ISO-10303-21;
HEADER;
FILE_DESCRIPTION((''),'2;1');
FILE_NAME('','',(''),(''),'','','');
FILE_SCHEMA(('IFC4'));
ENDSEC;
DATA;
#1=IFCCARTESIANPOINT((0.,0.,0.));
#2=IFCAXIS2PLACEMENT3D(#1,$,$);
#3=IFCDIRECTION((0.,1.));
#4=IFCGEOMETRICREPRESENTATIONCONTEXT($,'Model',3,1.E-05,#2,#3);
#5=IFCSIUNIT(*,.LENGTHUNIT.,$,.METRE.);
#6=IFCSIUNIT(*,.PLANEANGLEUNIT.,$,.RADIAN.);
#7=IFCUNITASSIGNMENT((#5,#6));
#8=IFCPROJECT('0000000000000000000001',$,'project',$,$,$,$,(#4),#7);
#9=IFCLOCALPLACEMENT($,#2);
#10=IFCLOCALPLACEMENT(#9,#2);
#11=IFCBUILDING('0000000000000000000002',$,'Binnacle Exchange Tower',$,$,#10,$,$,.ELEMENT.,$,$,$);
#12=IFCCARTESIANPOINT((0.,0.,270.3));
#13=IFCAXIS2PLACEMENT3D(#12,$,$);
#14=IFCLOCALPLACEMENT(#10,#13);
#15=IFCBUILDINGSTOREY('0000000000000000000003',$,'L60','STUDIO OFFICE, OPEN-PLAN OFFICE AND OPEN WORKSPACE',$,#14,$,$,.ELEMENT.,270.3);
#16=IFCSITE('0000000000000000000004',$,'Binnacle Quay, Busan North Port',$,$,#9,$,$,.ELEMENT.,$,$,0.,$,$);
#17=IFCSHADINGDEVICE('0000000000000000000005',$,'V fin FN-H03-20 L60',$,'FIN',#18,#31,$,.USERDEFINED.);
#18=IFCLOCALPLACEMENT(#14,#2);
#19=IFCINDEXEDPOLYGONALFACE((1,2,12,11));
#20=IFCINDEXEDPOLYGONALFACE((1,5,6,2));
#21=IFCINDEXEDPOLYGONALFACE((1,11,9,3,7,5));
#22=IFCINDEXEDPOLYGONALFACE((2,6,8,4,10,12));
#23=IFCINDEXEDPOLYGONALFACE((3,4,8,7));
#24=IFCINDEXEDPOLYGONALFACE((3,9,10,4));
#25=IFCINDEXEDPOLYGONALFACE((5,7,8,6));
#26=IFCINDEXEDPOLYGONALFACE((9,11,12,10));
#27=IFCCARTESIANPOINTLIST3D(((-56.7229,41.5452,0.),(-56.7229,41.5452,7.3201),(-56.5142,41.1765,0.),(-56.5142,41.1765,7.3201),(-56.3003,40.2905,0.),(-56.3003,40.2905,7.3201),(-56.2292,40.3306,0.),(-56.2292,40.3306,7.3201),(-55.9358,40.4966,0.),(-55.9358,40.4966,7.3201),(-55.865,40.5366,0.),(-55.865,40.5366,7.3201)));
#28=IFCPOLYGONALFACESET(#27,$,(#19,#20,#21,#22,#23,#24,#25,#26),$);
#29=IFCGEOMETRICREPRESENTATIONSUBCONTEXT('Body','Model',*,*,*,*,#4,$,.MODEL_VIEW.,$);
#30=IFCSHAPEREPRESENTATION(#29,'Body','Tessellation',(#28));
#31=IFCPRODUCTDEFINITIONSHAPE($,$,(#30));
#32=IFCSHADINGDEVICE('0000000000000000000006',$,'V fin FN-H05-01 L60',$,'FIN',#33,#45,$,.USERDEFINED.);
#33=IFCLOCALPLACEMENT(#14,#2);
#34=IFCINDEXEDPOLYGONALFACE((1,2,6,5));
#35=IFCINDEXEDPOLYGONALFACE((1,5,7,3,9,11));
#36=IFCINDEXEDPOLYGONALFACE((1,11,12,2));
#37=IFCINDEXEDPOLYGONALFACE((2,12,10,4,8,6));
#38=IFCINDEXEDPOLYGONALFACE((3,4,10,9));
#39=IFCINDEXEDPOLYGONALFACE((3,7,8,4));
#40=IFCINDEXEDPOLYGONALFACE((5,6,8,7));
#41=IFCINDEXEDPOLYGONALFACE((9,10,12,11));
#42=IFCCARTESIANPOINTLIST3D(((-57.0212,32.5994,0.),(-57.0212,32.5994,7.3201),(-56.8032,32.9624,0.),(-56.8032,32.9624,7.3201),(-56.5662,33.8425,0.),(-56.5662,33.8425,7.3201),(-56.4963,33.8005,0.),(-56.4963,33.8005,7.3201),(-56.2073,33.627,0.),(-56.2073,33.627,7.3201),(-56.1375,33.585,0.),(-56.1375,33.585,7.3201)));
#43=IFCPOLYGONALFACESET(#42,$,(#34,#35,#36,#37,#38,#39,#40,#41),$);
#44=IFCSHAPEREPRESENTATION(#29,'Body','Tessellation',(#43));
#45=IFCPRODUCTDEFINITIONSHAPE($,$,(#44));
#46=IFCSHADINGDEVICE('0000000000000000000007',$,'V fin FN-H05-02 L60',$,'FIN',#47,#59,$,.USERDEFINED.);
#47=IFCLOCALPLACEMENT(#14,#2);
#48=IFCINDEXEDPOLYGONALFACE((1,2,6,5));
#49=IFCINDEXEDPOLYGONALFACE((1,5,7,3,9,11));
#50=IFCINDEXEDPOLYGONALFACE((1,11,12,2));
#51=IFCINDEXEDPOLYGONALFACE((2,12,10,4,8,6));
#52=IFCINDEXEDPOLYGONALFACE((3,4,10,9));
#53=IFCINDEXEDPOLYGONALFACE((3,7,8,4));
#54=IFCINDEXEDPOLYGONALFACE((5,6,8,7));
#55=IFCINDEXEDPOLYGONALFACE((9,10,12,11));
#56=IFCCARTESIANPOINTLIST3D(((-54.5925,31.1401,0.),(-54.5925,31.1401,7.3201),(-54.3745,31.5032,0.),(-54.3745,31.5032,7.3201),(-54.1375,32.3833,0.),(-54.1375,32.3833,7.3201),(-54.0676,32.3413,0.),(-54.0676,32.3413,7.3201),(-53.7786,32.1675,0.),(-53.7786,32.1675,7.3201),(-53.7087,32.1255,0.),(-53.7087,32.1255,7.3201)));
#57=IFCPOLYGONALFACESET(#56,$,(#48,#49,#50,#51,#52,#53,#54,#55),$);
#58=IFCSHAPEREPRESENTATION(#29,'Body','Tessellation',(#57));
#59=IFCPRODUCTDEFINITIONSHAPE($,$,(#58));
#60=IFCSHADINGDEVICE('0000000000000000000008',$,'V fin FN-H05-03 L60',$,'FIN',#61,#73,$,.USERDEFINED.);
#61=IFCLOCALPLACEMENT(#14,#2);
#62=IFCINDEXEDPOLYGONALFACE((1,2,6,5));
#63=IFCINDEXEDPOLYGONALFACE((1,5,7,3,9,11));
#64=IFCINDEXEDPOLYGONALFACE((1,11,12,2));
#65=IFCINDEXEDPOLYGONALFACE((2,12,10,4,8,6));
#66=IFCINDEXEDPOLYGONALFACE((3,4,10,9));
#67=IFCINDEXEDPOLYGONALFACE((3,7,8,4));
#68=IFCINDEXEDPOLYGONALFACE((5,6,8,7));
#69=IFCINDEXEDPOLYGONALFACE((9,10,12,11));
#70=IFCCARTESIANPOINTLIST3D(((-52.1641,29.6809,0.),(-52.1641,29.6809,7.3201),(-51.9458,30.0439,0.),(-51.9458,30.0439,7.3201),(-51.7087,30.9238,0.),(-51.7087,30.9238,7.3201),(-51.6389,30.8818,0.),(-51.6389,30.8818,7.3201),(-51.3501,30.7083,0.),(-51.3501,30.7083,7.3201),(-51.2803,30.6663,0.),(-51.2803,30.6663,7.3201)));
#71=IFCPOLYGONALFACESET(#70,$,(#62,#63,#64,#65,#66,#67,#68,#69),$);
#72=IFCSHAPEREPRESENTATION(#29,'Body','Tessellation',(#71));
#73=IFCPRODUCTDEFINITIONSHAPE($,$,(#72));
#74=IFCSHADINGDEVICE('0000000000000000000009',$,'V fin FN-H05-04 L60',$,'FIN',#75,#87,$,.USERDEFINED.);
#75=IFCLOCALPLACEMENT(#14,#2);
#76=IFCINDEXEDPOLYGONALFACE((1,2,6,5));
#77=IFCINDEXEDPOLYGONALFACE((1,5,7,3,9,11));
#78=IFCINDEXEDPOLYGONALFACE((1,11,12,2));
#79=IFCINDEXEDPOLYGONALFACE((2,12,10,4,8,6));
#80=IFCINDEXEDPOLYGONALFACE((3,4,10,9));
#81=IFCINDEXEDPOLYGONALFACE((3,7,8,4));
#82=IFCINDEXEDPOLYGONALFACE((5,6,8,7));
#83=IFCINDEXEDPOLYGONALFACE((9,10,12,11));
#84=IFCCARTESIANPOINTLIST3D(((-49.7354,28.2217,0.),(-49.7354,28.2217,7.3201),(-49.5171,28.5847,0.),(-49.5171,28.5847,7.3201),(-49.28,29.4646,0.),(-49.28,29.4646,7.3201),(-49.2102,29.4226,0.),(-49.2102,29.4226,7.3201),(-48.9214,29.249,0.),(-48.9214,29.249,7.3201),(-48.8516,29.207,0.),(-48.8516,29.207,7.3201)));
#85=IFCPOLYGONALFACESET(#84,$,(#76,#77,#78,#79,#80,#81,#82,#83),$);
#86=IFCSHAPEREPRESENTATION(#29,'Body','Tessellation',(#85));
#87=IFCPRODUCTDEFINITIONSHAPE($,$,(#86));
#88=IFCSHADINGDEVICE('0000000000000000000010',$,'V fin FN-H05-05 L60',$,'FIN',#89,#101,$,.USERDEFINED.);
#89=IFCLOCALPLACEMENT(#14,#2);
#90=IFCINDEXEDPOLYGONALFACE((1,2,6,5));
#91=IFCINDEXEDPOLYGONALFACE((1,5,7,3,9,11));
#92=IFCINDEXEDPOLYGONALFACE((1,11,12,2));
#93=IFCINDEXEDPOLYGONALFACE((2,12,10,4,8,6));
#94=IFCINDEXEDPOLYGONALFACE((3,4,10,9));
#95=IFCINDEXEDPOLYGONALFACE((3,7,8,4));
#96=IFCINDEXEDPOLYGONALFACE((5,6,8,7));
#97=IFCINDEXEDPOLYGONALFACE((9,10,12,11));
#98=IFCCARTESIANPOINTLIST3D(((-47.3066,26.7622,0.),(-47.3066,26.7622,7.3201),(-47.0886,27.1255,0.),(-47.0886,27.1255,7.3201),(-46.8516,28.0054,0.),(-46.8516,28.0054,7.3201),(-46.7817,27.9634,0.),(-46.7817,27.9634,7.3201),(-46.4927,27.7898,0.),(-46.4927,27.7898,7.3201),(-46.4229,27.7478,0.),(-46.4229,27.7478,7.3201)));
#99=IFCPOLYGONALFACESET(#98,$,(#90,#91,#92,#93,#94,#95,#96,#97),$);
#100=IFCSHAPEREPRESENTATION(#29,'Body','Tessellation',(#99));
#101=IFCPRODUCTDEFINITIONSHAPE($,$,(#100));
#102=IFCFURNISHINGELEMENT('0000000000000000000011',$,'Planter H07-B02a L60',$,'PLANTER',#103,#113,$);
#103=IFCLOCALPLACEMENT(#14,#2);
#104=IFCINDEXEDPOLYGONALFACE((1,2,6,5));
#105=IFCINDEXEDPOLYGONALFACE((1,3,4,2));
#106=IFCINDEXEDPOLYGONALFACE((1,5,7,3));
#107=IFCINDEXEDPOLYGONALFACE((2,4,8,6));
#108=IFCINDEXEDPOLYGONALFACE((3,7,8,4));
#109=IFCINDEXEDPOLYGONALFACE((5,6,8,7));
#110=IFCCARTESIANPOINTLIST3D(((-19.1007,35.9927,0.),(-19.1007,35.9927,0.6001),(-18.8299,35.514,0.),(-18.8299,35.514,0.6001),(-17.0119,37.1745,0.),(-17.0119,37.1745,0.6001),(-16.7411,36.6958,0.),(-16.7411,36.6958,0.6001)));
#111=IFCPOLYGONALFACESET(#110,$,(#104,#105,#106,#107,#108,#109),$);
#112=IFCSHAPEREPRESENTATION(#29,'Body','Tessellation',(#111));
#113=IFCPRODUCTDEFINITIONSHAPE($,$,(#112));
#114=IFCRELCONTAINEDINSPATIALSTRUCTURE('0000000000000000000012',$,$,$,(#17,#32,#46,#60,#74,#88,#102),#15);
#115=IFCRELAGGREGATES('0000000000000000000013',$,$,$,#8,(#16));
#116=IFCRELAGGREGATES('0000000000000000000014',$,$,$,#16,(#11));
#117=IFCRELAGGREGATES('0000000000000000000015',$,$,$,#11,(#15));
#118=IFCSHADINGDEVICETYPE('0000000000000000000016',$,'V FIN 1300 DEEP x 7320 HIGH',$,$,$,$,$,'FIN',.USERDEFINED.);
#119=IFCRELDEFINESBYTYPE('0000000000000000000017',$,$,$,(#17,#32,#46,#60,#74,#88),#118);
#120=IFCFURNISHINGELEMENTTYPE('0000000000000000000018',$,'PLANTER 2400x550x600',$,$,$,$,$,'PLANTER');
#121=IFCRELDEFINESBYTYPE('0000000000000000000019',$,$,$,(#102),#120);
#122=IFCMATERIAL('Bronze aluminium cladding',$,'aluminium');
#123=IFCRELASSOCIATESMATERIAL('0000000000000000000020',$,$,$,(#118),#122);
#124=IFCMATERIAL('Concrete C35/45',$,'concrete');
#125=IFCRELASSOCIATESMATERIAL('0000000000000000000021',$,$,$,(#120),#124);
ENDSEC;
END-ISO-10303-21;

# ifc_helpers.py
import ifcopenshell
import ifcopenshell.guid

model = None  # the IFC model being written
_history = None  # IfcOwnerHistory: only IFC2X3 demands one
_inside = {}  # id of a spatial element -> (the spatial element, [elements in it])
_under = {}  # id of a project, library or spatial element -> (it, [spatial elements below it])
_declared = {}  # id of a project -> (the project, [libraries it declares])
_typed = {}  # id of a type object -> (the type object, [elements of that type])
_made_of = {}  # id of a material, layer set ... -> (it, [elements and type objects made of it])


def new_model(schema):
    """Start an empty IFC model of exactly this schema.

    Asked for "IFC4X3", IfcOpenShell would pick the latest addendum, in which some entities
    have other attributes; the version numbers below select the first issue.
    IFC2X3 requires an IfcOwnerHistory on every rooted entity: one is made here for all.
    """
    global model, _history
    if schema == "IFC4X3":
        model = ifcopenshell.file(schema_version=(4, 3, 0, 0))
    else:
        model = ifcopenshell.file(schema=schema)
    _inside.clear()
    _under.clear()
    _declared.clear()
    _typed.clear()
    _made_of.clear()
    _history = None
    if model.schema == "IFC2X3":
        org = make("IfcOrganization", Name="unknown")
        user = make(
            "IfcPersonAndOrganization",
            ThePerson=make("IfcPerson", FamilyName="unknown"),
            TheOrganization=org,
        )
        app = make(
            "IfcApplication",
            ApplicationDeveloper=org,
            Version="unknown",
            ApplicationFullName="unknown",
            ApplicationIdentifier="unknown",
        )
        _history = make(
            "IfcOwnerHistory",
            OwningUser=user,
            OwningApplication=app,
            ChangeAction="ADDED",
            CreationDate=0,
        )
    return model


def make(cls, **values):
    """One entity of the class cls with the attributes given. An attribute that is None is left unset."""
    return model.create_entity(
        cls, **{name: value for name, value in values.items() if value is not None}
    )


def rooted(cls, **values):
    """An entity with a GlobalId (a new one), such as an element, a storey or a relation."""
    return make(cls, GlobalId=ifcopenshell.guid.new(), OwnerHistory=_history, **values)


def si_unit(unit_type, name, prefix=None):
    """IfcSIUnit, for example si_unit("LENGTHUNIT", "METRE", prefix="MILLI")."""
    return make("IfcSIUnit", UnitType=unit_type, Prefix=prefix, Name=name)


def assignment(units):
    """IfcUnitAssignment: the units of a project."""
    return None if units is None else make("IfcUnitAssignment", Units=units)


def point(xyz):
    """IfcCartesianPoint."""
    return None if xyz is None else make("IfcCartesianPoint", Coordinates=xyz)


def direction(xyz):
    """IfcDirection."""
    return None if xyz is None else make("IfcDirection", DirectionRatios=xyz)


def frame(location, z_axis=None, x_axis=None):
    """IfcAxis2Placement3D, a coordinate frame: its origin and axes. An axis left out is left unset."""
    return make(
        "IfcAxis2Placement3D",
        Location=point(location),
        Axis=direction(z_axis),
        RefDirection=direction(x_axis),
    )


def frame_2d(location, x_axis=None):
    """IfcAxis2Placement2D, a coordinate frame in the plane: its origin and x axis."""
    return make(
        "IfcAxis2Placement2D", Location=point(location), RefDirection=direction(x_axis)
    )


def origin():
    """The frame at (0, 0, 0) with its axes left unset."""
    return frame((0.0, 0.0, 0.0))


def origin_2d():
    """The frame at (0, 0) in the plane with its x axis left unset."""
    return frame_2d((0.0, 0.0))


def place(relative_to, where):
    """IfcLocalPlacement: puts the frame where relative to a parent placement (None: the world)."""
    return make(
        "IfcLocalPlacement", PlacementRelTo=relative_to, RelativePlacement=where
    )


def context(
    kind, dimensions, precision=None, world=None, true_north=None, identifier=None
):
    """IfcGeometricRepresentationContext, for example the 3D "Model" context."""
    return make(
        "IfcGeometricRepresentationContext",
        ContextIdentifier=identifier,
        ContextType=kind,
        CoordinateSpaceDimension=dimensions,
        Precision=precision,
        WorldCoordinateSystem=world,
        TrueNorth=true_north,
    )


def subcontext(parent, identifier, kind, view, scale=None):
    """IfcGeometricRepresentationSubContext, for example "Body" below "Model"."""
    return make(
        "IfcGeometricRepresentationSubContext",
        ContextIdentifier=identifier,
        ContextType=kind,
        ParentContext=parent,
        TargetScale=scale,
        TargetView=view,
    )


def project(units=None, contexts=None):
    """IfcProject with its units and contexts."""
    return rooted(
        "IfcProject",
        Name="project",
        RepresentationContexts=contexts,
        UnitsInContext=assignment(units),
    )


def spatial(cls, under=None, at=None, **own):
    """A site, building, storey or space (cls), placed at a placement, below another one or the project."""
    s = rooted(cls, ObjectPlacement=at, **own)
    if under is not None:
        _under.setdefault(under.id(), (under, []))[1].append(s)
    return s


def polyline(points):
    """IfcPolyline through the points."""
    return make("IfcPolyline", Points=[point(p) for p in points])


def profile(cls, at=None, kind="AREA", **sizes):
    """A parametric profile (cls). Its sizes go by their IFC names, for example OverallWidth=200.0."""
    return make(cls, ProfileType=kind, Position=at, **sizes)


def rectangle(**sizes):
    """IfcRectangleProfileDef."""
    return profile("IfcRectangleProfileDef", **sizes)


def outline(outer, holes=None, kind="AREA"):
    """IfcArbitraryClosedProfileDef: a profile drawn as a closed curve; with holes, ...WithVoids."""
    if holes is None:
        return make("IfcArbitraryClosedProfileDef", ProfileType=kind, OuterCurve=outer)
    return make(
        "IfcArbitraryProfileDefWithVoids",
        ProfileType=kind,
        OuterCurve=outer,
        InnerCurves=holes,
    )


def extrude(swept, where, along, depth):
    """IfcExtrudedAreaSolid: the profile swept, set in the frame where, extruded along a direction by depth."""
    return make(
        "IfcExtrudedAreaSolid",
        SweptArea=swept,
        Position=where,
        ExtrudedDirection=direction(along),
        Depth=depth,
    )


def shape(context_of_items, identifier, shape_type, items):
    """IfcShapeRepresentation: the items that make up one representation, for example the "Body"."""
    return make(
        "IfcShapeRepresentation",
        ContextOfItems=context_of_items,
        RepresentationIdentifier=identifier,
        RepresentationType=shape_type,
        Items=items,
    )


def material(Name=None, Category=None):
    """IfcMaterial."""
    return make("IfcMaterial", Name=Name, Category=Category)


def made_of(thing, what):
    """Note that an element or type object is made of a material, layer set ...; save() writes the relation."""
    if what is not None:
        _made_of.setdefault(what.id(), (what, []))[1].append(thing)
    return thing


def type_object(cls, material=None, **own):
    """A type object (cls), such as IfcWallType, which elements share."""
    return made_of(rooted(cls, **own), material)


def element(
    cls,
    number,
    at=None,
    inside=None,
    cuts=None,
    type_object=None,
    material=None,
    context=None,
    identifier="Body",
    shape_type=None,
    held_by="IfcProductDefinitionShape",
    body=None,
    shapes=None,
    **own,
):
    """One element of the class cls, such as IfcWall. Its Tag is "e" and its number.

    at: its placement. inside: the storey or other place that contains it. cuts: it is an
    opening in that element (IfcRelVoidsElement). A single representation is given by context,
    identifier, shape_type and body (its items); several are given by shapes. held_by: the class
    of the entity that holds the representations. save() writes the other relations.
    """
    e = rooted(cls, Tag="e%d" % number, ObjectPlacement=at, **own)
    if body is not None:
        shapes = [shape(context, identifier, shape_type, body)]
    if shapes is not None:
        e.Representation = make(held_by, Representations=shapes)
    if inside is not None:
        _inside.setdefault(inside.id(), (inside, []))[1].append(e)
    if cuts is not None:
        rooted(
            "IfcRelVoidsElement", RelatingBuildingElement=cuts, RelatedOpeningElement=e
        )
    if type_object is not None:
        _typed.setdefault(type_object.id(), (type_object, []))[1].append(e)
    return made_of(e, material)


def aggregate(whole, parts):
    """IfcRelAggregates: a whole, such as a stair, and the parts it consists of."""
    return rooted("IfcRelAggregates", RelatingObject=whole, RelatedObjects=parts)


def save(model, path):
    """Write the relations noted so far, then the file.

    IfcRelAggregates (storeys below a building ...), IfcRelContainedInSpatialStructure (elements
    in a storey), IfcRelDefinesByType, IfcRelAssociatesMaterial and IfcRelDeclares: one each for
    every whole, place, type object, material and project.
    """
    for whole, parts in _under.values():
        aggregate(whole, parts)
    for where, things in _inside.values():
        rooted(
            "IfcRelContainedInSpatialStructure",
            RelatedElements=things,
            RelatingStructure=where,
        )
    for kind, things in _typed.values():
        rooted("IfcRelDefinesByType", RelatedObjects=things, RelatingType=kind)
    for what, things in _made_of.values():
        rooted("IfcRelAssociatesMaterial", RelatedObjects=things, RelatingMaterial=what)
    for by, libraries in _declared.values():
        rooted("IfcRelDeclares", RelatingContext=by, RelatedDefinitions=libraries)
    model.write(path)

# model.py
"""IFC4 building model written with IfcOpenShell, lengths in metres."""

from ifc_helpers import new_model, si_unit, direction, frame, origin, origin_2d, place, context, subcontext, project, spatial, polyline, rectangle, outline, extrude, material, type_object, element, save


model = new_model("IFC4")

# Units and contexts
model_context = context("Model", 3, precision=1e-05, world=origin(), true_north=direction((0.0, 1.0)))
body_context = subcontext(model_context, "Body", "Model", "MODEL_VIEW")
ifc_project = project(units=[si_unit("LENGTHUNIT", "METRE"), si_unit("PLANEANGLEUNIT", "RADIAN")], contexts=[model_context])

# Site, building, storey
site_placement = place(None, origin())
site = spatial("IfcSite", under=ifc_project, at=site_placement, Name="Binnacle Quay, Busan North Port", CompositionType="ELEMENT", RefElevation=0.0)
building_placement = place(site_placement, origin())
building = spatial("IfcBuilding", under=site, at=building_placement, Name="Binnacle Exchange Tower", CompositionType="ELEMENT")
storey_placement = place(building_placement, frame((0.0, 0.0, 270.3)))
storey = spatial("IfcBuildingStorey", under=building, at=storey_placement, Name="L60", Description="STUDIO OFFICE, OPEN-PLAN OFFICE AND OPEN WORKSPACE", CompositionType="ELEMENT", Elevation=270.3)

# Shared definitions
ifc_material_1 = material(Name="Concrete C35/45", Category="concrete")

# Shading devices
ifc_material_2 = material(Name="Bronze aluminium cladding", Category="aluminium")
shading_device_type_1 = type_object("IfcShadingDeviceType", Name="V FIN 1300 DEEP x 7320 HIGH", ElementType="FIN", PredefinedType="USERDEFINED", material=ifc_material_2)
shading_device_1_placement = place(storey_placement, origin())
element("IfcShadingDevice", 1, at=shading_device_1_placement, inside=storey, type_object=shading_device_type_1, Name="V fin FN-H03-20 L60", ObjectType="FIN", PredefinedType="USERDEFINED", context=body_context, shape_type="SweptSolid", body=[
    extrude(outline(polyline([(-55.865, 40.5366), (-56.7229, 41.5452), (-56.3003, 40.2905), (-56.2292, 40.3306), (-56.5142, 41.1765), (-55.9358, 40.4966), (-55.865, 40.5366)])), origin(), (0.0, 0.0, 1.0), 7.3201),
])
shading_device_2_placement = place(storey_placement, origin())
element("IfcShadingDevice", 2, at=shading_device_2_placement, inside=storey, type_object=shading_device_type_1, Name="V fin FN-H05-01 L60", ObjectType="FIN", PredefinedType="USERDEFINED", context=body_context, shape_type="SweptSolid", body=[
    extrude(outline(polyline([(-56.5662, 33.8425), (-57.0212, 32.5994), (-56.1375, 33.585), (-56.2073, 33.627), (-56.8032, 32.9624), (-56.4963, 33.8005), (-56.5662, 33.8425)])), origin(), (0.0, 0.0, 1.0), 7.3201),
])
shading_device_3_placement = place(storey_placement, origin())
element("IfcShadingDevice", 3, at=shading_device_3_placement, inside=storey, type_object=shading_device_type_1, Name="V fin FN-H05-02 L60", ObjectType="FIN", PredefinedType="USERDEFINED", context=body_context, shape_type="SweptSolid", body=[
    extrude(outline(polyline([(-54.1375, 32.3833), (-54.5925, 31.1401), (-53.7087, 32.1255), (-53.7786, 32.1675), (-54.3745, 31.5032), (-54.0676, 32.3413), (-54.1375, 32.3833)])), origin(), (0.0, 0.0, 1.0), 7.3201),
])
shading_device_4_placement = place(storey_placement, origin())
element("IfcShadingDevice", 4, at=shading_device_4_placement, inside=storey, type_object=shading_device_type_1, Name="V fin FN-H05-03 L60", ObjectType="FIN", PredefinedType="USERDEFINED", context=body_context, shape_type="SweptSolid", body=[
    extrude(outline(polyline([(-51.7087, 30.9238), (-52.1641, 29.6809), (-51.2803, 30.6663), (-51.3501, 30.7083), (-51.9458, 30.0439), (-51.6389, 30.8818), (-51.7087, 30.9238)])), origin(), (0.0, 0.0, 1.0), 7.3201),
])
shading_device_5_placement = place(storey_placement, origin())
element("IfcShadingDevice", 5, at=shading_device_5_placement, inside=storey, type_object=shading_device_type_1, Name="V fin FN-H05-04 L60", ObjectType="FIN", PredefinedType="USERDEFINED", context=body_context, shape_type="SweptSolid", body=[
    extrude(outline(polyline([(-49.28, 29.4646), (-49.7354, 28.2217), (-48.8516, 29.207), (-48.9214, 29.249), (-49.5171, 28.5847), (-49.2102, 29.4226), (-49.28, 29.4646)])), origin(), (0.0, 0.0, 1.0), 7.3201),
])
shading_device_6_placement = place(storey_placement, origin())
element("IfcShadingDevice", 6, at=shading_device_6_placement, inside=storey, type_object=shading_device_type_1, Name="V fin FN-H05-05 L60", ObjectType="FIN", PredefinedType="USERDEFINED", context=body_context, shape_type="SweptSolid", body=[
    extrude(outline(polyline([(-46.8516, 28.0054), (-47.3066, 26.7622), (-46.4229, 27.7478), (-46.4927, 27.7898), (-47.0886, 27.1255), (-46.7817, 27.9634), (-46.8516, 28.0054)])), origin(), (0.0, 0.0, 1.0), 7.3201),
])

# Furnishing element
furnishing_element_type = type_object("IfcFurnishingElementType", Name="PLANTER 2400x550x600", ElementType="PLANTER", material=ifc_material_1)
furnishing_placement = place(storey_placement, frame((-17.9209, 36.3442, 0.0), z_axis=(0.0, 0.0, 1.0), x_axis=(0.870356, 0.492424, 0.0)))
element("IfcFurnishingElement", 7, at=furnishing_placement, inside=storey, type_object=furnishing_element_type, Name="Planter H07-B02a L60", ObjectType="PLANTER", context=body_context, shape_type="SweptSolid", body=[
    extrude(rectangle(XDim=2.3999, YDim=0.55, at=origin_2d()), origin(), (0.0, 0.0, 1.0), 0.6001),
])

save(model, "model.ifc")
